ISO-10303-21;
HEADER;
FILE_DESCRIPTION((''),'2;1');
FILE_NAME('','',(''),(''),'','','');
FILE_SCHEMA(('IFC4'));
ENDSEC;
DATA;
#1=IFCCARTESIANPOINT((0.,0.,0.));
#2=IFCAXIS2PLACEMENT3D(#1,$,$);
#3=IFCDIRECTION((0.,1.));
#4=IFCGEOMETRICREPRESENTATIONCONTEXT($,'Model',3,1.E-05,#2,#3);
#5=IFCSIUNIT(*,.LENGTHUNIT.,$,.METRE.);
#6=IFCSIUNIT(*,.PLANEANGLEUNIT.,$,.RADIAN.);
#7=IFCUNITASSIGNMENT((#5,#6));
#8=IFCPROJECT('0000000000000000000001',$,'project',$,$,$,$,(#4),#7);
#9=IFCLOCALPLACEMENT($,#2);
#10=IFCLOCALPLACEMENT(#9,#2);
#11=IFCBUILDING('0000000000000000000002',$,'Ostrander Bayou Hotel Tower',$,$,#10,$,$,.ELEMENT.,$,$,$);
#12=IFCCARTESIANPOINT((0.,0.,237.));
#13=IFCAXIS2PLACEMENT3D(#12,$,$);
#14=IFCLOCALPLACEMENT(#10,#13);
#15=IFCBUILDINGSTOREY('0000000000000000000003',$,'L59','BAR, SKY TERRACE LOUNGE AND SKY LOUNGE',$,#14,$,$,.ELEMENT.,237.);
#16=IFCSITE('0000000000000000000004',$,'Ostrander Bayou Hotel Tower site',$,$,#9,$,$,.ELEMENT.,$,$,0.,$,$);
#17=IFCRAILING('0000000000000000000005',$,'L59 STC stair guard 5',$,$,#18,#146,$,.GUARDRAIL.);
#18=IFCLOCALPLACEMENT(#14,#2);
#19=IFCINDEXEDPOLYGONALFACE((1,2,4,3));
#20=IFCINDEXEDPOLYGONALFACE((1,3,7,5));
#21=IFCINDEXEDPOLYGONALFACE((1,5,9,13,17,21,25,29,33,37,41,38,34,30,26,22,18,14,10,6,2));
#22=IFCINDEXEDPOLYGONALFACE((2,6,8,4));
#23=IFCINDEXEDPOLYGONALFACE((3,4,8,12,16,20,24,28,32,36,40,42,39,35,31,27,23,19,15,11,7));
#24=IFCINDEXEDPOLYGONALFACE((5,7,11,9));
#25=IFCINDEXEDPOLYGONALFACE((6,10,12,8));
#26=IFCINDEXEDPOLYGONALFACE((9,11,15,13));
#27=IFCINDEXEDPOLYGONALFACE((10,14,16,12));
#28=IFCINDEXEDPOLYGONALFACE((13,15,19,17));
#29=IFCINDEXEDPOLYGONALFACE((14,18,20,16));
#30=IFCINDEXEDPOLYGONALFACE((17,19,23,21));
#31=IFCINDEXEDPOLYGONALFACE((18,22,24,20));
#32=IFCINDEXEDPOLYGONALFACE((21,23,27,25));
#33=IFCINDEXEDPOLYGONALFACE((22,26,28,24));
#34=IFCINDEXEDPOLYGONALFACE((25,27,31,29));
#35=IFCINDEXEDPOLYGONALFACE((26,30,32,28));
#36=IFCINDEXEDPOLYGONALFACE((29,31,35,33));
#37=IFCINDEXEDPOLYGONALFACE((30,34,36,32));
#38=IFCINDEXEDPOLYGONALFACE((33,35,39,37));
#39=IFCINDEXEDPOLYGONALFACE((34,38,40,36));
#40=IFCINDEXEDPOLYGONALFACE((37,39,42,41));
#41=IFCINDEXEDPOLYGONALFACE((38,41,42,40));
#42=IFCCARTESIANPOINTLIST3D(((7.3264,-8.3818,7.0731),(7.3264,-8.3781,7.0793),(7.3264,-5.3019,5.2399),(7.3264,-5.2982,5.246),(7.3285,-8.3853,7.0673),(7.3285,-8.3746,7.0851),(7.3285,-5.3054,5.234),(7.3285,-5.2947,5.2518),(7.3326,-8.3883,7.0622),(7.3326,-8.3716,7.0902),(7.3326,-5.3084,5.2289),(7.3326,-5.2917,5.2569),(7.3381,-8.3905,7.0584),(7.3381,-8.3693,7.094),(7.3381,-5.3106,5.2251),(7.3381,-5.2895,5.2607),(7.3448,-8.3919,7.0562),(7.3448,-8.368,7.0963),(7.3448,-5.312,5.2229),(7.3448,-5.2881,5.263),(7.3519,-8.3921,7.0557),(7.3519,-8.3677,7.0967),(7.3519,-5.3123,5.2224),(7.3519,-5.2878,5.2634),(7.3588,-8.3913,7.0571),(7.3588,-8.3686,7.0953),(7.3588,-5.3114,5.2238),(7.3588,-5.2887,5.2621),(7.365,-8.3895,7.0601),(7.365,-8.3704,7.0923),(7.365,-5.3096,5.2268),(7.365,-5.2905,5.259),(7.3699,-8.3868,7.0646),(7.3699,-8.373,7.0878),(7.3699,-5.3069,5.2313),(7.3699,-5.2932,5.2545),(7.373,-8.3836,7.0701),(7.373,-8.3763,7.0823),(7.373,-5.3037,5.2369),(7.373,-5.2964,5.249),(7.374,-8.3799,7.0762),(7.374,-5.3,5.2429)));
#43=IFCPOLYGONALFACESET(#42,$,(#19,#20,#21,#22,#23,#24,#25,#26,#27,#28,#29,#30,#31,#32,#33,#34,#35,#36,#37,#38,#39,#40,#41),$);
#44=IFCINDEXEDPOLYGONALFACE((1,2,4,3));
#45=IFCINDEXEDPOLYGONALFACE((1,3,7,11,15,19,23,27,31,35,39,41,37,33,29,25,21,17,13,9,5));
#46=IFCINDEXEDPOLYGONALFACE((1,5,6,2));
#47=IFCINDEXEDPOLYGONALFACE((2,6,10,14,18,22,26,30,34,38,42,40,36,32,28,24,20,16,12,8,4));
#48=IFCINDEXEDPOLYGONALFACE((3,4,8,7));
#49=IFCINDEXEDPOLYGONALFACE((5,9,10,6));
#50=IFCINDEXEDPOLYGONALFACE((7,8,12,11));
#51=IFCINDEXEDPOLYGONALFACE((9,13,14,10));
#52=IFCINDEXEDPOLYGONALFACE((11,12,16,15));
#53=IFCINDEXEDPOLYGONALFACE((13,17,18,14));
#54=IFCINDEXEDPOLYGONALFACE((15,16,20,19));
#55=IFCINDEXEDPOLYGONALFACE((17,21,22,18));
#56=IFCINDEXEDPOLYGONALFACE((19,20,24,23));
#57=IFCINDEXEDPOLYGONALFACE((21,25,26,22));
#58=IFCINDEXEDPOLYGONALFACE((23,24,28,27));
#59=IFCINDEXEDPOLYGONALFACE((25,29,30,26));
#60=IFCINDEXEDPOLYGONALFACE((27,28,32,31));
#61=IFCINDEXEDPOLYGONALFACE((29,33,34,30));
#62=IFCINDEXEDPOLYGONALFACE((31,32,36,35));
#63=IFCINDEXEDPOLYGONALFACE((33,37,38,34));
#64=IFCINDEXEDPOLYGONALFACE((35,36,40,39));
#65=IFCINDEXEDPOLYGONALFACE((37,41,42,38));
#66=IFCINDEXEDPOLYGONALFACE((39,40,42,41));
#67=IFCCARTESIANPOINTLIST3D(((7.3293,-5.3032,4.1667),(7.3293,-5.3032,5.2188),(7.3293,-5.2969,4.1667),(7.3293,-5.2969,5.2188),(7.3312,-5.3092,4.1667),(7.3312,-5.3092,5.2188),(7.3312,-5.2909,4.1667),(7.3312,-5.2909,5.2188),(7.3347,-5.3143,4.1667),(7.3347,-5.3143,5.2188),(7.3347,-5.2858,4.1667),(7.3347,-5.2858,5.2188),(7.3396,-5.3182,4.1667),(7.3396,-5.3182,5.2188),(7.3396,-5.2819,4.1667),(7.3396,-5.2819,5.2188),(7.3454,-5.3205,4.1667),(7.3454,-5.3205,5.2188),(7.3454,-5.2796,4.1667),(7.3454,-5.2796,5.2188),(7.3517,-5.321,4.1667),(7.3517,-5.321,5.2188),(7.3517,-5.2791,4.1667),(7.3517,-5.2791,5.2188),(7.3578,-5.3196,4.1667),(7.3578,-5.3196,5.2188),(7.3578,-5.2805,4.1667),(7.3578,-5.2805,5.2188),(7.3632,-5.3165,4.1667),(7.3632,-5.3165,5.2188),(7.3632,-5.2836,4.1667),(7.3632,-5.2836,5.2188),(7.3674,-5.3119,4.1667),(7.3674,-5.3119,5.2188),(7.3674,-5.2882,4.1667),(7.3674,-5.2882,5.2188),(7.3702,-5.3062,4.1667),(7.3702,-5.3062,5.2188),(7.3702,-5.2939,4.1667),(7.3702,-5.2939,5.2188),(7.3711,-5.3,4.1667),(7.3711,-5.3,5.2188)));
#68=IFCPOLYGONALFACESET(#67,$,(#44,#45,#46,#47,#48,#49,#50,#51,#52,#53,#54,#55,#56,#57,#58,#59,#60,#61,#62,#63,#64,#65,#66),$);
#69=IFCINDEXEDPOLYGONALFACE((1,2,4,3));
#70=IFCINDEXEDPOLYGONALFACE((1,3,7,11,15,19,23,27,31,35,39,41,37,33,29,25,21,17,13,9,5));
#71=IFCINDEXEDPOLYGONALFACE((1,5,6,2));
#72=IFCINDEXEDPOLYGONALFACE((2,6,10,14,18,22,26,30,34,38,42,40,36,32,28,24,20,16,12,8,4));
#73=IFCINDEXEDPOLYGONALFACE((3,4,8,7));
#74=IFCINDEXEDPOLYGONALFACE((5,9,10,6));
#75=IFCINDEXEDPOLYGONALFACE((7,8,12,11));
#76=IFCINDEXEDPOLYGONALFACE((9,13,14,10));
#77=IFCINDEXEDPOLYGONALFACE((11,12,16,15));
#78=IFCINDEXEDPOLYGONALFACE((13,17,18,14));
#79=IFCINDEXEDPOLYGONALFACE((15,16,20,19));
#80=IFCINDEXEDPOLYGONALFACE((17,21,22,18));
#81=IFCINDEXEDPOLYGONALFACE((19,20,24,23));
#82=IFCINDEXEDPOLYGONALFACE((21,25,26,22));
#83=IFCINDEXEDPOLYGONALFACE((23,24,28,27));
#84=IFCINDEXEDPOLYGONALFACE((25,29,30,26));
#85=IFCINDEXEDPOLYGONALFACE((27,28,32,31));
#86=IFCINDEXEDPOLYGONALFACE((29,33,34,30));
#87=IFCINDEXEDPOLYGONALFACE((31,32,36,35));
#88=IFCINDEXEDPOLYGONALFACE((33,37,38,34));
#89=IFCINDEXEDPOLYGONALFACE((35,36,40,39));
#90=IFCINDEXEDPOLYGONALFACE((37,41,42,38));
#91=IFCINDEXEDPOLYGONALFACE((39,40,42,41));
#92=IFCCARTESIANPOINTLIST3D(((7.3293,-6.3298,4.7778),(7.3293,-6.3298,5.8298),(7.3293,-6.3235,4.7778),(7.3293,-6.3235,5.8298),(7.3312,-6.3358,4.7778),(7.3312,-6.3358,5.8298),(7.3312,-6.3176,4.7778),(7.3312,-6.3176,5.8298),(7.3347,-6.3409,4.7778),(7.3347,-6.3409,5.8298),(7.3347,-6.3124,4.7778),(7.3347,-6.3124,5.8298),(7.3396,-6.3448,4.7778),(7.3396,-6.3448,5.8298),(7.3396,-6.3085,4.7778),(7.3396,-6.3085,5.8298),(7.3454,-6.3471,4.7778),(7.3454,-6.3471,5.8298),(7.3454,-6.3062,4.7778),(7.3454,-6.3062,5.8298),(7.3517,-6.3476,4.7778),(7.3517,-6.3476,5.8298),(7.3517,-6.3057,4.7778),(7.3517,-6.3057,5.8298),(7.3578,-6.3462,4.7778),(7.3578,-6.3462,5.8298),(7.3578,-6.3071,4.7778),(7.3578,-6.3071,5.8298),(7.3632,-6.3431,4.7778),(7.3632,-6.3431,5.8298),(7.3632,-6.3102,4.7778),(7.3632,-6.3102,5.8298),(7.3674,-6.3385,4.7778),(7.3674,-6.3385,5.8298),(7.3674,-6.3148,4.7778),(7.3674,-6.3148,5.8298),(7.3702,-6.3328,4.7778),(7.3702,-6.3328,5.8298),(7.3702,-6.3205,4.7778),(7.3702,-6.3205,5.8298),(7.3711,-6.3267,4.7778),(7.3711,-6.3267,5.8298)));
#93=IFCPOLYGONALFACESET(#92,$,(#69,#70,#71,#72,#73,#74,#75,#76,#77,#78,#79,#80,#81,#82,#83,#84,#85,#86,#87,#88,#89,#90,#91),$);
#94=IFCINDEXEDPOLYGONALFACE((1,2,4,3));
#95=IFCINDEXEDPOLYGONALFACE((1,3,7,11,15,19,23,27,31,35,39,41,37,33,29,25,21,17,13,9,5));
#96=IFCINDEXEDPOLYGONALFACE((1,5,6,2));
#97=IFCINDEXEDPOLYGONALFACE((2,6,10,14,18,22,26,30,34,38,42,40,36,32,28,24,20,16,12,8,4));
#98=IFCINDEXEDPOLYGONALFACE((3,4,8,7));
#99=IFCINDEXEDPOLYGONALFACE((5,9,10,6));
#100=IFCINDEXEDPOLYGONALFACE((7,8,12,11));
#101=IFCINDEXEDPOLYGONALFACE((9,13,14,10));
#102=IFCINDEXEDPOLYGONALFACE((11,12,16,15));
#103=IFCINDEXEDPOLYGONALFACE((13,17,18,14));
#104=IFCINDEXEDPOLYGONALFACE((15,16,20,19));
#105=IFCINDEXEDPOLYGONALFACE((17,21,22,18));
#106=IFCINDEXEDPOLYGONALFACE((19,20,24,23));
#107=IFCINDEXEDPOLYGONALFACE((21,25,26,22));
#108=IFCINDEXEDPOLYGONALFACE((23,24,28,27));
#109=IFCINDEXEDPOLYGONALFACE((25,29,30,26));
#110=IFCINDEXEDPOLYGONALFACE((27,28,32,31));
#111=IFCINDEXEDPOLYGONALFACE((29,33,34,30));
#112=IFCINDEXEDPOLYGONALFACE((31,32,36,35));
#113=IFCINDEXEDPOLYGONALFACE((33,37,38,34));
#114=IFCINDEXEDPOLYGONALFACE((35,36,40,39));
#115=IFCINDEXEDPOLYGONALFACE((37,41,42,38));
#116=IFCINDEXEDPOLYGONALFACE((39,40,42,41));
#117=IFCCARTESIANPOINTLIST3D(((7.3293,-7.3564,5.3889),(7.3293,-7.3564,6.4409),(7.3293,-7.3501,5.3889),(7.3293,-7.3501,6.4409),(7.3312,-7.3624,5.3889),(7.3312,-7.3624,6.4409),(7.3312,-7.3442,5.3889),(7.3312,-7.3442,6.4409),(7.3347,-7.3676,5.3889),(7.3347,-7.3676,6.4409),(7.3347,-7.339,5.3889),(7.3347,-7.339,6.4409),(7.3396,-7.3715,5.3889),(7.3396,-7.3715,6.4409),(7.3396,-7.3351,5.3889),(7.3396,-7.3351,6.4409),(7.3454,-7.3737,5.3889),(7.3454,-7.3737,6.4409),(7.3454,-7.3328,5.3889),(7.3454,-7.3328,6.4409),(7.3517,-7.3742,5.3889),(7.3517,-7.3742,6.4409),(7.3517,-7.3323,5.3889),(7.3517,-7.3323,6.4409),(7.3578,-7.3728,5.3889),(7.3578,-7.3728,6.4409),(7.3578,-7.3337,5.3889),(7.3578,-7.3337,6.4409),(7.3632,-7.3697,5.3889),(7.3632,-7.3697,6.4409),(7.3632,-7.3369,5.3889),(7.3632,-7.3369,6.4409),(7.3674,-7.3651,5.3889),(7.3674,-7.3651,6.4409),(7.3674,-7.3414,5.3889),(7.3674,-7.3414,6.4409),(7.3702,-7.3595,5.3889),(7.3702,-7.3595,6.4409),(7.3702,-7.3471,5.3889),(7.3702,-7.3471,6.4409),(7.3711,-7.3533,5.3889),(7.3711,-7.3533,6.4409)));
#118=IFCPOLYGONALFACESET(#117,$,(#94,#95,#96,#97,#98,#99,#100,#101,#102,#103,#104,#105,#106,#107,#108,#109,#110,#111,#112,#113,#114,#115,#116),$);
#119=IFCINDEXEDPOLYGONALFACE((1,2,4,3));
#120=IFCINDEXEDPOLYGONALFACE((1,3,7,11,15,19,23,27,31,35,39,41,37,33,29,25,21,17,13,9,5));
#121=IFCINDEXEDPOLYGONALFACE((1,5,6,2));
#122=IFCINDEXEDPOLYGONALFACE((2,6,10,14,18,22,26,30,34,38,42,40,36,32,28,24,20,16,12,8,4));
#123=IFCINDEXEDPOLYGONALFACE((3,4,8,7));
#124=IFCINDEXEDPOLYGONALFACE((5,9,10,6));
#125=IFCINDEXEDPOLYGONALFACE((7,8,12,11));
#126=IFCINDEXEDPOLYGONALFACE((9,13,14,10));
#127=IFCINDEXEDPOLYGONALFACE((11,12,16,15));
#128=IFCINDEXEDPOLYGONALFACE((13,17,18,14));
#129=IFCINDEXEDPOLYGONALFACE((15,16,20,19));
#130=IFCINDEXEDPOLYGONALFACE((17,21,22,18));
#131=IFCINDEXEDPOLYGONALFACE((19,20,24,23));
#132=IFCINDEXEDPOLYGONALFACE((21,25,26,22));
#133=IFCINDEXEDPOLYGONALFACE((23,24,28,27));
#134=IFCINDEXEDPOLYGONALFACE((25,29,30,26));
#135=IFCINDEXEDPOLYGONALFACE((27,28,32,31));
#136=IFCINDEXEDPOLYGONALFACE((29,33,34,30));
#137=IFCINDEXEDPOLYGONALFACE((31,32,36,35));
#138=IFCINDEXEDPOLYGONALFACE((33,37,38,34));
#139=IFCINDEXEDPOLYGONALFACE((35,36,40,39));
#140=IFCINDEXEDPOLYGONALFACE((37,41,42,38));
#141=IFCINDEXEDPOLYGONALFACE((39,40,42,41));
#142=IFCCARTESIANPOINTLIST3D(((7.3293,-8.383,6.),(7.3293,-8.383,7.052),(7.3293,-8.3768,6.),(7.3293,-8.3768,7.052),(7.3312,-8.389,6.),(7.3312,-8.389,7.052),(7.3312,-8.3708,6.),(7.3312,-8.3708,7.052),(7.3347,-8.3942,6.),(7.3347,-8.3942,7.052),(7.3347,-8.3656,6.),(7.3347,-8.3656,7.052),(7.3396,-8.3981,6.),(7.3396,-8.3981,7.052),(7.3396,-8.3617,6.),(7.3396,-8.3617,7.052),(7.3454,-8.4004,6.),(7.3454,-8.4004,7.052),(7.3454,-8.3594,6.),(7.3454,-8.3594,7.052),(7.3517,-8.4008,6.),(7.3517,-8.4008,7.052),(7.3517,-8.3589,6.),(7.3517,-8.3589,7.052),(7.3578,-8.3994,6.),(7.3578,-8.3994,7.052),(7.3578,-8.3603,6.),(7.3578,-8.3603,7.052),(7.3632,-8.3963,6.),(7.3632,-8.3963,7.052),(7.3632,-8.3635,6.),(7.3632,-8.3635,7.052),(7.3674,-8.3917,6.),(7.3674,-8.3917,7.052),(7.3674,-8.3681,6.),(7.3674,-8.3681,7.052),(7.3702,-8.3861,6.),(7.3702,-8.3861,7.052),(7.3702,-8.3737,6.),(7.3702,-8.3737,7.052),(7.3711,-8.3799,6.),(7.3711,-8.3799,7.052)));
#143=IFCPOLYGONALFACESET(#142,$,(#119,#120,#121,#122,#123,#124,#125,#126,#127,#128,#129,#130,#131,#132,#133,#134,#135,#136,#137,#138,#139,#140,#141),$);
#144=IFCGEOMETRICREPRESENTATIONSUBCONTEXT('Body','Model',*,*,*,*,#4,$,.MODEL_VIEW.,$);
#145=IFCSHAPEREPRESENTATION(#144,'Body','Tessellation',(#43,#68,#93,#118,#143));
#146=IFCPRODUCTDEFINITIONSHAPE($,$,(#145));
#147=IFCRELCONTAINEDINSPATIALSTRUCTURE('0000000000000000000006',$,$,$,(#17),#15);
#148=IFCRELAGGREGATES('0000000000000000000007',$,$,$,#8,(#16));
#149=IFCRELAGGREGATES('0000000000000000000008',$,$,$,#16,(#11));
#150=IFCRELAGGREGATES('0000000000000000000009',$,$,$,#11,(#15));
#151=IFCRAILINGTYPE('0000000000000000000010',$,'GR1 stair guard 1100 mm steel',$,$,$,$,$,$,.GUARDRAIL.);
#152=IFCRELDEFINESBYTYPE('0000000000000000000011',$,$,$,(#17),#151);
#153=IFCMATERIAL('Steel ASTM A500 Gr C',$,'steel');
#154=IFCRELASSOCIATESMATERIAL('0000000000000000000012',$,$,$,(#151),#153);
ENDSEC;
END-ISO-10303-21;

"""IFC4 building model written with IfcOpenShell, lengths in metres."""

from ifc_helpers import new_model, si_unit, direction, frame, origin, origin_2d, place, context, subcontext, project, spatial, circle, extrude, material, type_object, element, save


model = new_model("IFC4")

# Units and contexts
model_context = context("Model", 3, precision=1e-05, world=origin(), true_north=direction((0.0, 1.0)))
body_context = subcontext(model_context, "Body", "Model", "MODEL_VIEW")
ifc_project = project(units=[si_unit("LENGTHUNIT", "METRE"), si_unit("PLANEANGLEUNIT", "RADIAN")], contexts=[model_context])

# Site, building, storey
site_placement = place(None, origin())
site = spatial("IfcSite", under=ifc_project, at=site_placement, Name="Ostrander Bayou Hotel Tower site", CompositionType="ELEMENT", RefElevation=0.0)
building_placement = place(site_placement, origin())
building = spatial("IfcBuilding", under=site, at=building_placement, Name="Ostrander Bayou Hotel Tower", CompositionType="ELEMENT")
storey_placement = place(building_placement, frame((0.0, 0.0, 237.0)))
storey = spatial("IfcBuildingStorey", under=building, at=storey_placement, Name="L59", Description="BAR, SKY TERRACE LOUNGE AND SKY LOUNGE", CompositionType="ELEMENT", Elevation=237.0)

# Railing
ifc_material_1 = material(Name="Steel ASTM A500 Gr C", Category="steel")
railing_type_1 = type_object("IfcRailingType", Name="GR1 stair guard 1100 mm steel", PredefinedType="GUARDRAIL", material=ifc_material_1)
railing_1_placement = place(storey_placement, frame((7.3501, -5.3, 4.1667)))
element("IfcRailing", 1, at=railing_1_placement, inside=storey, type_object=railing_type_1, Name="L59 STC stair guard 5", PredefinedType="GUARDRAIL", context=body_context, shape_type="SweptSolid", body=[
    extrude(circle(Radius=0.0239, at=origin_2d()), frame((0.0, 0.0, 1.0762), z_axis=(0.0, -0.859291, 0.511487), x_axis=(1.0, 0.0, 0.0)), (0.0, 0.0, 1.0), 3.5842),
    extrude(circle(Radius=0.021, at=origin_2d()), origin(), (0.0, 0.0, 1.0), 1.052),
    extrude(circle(Radius=0.021, at=origin_2d()), frame((0.0, -1.0266, 0.6111)), (0.0, 0.0, 1.0), 1.052),
    extrude(circle(Radius=0.021, at=origin_2d()), frame((0.0, -2.0532, 1.2222)), (0.0, 0.0, 1.0), 1.052),
    extrude(circle(Radius=0.021, at=origin_2d()), frame((0.0, -3.0798, 1.8333)), (0.0, 0.0, 1.0), 1.052),
])

save(model, "model.ifc")
